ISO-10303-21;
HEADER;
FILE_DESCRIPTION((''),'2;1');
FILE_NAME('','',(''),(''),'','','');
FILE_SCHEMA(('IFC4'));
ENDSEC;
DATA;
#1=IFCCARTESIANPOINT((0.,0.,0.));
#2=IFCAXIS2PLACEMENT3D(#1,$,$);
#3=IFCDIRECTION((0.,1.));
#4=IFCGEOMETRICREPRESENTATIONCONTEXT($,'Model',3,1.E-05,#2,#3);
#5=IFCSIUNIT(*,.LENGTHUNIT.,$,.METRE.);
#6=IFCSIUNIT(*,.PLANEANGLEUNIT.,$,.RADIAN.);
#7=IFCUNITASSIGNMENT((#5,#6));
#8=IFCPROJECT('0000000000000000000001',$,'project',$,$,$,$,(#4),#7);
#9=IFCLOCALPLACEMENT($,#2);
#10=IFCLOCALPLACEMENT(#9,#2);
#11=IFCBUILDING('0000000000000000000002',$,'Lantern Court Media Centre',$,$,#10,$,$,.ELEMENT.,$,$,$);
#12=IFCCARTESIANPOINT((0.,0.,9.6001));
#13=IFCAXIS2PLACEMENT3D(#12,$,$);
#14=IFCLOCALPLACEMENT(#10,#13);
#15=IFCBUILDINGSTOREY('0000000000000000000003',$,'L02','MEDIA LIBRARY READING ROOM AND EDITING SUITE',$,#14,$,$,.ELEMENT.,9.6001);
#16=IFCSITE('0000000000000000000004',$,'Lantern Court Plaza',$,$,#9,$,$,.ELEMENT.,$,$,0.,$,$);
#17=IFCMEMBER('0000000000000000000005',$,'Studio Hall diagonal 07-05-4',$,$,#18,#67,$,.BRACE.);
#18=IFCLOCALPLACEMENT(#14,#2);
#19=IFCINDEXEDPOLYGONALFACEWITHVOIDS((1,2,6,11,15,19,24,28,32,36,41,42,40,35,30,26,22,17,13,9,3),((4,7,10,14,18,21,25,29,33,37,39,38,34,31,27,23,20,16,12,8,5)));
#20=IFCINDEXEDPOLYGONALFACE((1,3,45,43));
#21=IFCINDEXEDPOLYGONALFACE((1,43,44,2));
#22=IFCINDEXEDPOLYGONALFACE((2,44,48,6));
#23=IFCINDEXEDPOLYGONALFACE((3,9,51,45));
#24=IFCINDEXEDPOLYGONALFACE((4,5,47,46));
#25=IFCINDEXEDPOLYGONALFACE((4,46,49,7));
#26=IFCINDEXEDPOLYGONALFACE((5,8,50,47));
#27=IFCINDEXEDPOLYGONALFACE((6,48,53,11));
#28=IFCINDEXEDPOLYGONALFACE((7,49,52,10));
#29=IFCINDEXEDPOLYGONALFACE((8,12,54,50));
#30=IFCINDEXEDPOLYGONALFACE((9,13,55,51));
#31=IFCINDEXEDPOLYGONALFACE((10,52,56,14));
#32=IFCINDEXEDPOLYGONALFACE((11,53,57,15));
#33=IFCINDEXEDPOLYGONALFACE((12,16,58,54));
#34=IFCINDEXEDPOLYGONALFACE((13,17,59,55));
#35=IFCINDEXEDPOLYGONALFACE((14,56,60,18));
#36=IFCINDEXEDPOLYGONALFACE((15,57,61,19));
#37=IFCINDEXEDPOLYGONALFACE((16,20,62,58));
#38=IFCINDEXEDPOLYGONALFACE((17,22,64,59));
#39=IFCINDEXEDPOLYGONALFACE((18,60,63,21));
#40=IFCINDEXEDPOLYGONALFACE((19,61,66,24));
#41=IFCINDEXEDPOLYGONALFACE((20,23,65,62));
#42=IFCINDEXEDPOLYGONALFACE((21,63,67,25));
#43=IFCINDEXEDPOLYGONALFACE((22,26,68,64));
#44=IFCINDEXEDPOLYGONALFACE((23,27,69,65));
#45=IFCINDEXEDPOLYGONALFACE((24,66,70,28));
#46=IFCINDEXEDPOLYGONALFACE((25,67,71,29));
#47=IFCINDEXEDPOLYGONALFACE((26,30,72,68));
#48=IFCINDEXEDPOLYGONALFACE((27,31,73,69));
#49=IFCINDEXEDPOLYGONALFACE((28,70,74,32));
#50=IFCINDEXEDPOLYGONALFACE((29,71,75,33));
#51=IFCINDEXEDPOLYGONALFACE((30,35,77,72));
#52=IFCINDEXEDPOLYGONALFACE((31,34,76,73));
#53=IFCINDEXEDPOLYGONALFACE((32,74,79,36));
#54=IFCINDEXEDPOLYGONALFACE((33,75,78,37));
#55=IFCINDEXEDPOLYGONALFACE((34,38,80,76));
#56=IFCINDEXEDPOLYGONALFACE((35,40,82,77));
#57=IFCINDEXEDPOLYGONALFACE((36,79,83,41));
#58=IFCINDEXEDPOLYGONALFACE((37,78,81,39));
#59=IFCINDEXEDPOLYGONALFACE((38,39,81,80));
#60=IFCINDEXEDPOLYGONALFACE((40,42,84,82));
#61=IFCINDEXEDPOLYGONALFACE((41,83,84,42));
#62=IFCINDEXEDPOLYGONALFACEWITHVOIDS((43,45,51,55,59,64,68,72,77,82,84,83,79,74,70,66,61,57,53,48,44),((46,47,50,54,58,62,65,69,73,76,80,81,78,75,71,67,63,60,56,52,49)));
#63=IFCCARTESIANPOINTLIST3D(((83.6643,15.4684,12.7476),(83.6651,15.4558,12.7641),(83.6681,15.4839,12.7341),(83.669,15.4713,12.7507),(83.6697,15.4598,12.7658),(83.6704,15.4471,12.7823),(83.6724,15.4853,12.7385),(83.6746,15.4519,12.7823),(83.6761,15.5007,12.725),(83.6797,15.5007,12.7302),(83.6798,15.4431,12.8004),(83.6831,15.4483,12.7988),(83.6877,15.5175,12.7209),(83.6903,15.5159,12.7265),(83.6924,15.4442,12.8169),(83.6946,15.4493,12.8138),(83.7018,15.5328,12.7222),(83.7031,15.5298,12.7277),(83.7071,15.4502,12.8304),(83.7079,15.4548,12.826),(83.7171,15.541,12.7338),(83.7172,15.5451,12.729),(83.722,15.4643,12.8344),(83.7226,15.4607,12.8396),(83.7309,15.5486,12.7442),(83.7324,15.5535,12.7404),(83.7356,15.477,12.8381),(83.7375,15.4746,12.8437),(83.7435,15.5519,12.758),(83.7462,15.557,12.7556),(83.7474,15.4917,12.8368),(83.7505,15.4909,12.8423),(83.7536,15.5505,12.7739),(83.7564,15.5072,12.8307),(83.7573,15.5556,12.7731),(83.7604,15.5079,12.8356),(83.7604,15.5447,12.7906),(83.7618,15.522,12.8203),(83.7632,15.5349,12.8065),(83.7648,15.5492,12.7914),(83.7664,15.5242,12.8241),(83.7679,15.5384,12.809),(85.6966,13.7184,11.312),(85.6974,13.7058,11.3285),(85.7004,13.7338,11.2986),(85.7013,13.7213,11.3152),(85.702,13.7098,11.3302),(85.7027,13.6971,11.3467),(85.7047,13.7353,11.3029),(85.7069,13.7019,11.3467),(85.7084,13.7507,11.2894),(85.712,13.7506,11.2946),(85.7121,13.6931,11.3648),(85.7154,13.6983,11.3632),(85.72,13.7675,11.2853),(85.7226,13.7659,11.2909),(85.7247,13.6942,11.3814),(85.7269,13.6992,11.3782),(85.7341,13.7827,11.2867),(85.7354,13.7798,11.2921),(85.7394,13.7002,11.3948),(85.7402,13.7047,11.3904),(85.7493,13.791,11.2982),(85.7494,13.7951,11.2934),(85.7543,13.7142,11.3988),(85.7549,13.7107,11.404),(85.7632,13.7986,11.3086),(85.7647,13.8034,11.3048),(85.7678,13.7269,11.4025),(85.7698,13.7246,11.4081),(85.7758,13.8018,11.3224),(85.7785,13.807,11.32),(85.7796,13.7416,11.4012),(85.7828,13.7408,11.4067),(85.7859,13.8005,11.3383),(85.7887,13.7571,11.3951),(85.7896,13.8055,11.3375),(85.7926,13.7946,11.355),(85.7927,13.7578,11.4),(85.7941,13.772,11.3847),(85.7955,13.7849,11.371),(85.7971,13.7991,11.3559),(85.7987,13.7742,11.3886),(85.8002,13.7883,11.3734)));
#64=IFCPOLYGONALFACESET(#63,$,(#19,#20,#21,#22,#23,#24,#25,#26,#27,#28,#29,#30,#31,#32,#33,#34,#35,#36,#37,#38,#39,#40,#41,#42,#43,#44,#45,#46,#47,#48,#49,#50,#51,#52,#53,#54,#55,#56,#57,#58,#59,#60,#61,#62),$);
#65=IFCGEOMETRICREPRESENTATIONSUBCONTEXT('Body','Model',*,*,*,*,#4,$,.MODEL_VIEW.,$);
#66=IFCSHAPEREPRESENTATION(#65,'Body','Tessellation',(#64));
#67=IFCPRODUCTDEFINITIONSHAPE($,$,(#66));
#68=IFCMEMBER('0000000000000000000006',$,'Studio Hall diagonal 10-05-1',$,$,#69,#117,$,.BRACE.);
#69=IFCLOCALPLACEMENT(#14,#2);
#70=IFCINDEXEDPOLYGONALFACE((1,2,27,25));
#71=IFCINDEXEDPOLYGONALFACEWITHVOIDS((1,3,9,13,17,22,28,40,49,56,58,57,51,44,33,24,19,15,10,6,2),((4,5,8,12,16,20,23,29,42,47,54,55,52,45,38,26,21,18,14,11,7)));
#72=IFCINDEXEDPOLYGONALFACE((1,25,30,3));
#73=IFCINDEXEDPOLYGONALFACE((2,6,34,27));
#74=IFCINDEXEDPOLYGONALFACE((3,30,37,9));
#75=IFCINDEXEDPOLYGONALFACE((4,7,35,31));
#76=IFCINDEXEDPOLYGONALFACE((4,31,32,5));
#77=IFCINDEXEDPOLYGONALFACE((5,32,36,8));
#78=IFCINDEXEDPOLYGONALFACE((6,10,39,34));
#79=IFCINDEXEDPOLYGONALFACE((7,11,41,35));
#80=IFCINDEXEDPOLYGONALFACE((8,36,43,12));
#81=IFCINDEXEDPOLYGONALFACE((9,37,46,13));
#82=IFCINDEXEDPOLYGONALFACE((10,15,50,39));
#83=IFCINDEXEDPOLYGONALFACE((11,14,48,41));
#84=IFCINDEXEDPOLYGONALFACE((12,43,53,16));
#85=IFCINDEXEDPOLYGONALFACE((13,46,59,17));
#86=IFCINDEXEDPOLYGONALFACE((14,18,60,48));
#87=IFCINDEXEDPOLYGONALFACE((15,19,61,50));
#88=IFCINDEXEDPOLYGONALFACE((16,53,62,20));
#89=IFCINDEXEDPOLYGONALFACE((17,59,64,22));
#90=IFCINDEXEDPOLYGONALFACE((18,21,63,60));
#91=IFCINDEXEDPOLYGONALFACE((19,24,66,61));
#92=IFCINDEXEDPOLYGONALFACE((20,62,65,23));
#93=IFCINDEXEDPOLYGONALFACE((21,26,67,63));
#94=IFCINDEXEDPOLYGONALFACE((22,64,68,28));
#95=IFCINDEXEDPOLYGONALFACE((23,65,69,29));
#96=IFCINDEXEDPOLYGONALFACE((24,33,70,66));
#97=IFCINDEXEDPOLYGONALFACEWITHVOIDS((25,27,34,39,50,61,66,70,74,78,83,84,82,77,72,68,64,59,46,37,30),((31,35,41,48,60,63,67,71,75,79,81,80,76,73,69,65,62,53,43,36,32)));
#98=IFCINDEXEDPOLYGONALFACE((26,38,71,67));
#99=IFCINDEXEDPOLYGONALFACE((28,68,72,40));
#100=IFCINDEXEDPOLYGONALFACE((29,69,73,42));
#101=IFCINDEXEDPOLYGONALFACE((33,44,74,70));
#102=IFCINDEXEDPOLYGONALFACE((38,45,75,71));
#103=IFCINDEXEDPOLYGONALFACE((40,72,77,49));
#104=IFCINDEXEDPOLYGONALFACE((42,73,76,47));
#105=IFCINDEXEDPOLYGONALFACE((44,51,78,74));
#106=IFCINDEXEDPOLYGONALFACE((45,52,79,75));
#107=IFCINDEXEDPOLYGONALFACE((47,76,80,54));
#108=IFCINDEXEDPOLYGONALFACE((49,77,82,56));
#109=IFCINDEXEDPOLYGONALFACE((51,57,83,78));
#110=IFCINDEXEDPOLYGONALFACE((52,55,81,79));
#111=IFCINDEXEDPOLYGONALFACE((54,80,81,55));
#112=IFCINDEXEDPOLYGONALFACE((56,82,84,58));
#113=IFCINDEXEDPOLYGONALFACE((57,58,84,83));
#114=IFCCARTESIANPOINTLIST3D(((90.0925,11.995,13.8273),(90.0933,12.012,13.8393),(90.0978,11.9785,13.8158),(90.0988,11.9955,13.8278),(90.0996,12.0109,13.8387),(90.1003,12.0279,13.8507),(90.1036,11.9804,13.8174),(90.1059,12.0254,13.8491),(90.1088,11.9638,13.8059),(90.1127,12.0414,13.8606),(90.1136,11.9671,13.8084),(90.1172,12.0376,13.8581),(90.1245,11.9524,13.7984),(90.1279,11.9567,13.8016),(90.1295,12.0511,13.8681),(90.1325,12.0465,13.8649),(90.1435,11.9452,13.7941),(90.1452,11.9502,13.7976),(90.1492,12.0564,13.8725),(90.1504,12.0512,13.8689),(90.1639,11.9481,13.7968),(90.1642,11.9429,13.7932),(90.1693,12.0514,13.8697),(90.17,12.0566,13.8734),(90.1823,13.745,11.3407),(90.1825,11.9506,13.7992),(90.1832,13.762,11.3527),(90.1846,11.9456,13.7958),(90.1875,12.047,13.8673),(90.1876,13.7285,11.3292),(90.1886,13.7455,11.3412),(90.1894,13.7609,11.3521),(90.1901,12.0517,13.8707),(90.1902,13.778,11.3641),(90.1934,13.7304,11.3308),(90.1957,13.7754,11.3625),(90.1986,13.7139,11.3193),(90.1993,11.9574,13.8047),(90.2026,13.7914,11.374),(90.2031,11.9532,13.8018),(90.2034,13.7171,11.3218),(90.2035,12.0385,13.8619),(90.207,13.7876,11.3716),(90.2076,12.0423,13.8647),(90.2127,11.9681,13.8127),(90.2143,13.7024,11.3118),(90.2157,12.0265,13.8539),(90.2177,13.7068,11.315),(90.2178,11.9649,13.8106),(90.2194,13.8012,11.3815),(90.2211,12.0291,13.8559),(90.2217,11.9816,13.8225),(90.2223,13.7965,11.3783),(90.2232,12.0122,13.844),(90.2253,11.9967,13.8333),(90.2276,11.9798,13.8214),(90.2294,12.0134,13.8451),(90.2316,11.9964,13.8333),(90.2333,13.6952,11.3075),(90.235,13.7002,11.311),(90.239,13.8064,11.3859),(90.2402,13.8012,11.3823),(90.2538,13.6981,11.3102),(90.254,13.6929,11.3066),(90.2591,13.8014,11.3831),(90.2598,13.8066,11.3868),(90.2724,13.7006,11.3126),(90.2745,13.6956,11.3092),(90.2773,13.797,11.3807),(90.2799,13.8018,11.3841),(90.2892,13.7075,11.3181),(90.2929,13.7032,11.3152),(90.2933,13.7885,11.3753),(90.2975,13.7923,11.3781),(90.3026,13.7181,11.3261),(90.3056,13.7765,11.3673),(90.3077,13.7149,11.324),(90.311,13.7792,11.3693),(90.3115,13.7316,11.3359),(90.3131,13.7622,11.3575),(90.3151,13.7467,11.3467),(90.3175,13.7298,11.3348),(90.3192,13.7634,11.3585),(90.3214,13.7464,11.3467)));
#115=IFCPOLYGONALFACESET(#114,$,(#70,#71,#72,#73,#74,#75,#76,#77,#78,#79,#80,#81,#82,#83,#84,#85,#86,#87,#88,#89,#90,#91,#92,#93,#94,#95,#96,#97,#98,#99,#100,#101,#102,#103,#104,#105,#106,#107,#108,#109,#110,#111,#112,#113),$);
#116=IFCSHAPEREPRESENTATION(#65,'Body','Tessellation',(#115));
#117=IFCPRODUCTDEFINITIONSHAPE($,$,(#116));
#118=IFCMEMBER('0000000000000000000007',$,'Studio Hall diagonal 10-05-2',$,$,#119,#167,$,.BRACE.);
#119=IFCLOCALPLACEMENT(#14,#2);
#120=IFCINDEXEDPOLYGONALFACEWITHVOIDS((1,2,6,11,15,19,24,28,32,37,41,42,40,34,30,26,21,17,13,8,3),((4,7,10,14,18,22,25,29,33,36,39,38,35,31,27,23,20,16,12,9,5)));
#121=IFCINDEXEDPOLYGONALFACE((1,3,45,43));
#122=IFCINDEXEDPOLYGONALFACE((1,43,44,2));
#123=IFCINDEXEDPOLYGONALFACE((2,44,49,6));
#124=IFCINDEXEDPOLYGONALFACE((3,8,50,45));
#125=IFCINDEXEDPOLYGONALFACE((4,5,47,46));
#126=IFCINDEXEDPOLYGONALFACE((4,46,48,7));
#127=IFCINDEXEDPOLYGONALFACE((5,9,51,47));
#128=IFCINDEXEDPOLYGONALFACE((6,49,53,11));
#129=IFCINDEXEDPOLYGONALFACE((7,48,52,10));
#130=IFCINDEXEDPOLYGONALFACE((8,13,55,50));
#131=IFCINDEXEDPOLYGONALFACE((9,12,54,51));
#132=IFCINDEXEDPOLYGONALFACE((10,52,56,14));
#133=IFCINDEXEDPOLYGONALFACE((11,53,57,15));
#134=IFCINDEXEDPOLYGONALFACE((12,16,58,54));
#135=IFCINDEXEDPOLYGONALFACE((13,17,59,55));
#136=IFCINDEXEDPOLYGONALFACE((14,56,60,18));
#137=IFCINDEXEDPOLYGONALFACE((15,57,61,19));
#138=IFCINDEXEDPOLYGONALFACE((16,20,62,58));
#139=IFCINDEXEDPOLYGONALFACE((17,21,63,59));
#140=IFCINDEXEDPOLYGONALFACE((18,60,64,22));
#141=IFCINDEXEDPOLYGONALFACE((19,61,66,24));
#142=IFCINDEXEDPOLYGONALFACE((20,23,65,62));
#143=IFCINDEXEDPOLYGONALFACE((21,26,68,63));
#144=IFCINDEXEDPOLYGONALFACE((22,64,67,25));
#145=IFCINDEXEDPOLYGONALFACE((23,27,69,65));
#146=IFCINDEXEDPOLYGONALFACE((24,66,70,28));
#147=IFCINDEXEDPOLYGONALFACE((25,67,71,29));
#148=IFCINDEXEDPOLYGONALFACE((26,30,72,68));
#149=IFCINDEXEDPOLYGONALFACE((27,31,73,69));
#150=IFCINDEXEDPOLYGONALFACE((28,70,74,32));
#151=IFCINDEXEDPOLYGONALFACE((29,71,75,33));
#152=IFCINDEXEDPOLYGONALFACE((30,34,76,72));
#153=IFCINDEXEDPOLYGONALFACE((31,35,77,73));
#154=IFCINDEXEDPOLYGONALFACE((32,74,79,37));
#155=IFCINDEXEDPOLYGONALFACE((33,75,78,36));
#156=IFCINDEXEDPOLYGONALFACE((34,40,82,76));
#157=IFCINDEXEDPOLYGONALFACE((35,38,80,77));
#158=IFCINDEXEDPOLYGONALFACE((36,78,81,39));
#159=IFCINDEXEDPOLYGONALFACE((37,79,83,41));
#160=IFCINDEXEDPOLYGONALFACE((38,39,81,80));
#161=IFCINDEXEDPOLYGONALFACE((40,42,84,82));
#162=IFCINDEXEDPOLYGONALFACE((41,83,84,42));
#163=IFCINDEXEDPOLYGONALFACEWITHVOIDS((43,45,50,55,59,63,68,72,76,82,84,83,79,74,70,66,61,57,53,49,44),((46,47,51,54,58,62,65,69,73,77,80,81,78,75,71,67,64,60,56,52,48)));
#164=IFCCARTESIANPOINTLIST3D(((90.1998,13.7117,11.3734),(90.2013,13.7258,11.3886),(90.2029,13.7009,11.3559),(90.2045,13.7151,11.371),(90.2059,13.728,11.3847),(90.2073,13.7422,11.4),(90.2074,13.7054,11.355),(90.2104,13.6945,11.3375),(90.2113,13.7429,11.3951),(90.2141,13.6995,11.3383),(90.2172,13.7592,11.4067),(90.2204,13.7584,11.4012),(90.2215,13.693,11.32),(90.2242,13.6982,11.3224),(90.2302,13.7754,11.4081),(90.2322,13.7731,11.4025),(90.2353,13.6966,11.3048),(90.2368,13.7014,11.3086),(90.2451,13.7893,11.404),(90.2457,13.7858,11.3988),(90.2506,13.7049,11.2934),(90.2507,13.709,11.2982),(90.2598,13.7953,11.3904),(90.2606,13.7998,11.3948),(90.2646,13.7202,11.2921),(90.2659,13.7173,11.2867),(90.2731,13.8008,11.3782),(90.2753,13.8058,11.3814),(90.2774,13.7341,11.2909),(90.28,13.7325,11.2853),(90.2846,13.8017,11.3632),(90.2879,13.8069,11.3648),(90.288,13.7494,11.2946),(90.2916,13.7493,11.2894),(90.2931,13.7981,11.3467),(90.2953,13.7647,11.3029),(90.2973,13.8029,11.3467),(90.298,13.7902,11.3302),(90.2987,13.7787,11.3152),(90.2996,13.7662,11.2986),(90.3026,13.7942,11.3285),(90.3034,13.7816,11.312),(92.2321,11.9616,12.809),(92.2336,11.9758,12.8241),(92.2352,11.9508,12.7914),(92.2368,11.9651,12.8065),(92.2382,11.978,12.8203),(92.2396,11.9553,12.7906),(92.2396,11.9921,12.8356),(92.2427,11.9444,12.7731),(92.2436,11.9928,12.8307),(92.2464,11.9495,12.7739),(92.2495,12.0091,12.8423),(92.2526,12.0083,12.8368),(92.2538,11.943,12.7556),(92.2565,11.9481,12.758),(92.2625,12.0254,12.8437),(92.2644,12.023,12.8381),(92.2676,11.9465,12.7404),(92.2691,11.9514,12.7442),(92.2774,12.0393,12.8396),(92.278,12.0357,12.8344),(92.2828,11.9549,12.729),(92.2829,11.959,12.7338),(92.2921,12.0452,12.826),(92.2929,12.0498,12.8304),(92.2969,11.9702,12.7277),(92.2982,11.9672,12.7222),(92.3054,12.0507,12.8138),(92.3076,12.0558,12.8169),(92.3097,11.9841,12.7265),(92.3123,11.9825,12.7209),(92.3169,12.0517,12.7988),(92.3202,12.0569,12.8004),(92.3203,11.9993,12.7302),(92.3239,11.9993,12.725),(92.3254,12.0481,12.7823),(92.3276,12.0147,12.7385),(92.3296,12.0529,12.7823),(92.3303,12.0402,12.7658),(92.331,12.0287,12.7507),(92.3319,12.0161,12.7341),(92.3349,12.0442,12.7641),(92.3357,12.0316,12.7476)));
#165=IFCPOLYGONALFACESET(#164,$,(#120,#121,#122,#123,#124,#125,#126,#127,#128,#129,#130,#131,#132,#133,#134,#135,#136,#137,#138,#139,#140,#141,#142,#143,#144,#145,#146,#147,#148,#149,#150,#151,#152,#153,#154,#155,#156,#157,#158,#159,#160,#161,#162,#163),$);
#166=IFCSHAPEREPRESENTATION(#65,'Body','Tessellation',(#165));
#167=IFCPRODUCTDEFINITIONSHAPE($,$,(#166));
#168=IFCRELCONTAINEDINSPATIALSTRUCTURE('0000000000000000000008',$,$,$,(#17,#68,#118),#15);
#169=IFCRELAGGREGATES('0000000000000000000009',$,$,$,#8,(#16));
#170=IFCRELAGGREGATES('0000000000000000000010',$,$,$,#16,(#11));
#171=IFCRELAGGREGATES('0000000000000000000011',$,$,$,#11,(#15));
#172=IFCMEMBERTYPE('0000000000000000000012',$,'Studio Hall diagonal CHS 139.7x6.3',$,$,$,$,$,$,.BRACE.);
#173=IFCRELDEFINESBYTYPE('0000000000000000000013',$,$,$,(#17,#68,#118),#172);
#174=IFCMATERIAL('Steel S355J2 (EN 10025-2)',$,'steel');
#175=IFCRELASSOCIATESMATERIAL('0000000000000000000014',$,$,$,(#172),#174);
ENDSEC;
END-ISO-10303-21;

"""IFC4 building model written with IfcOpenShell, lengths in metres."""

from ifc_helpers import new_model, si_unit, direction, frame, origin, origin_2d, place, context, subcontext, project, spatial, hollow_circle, extrude, material, material_profile, profile_set, type_object, element, save


model = new_model("IFC4")

# Units and contexts
model_context = context("Model", 3, precision=1e-05, world=origin(), true_north=direction((0.0, 1.0)))
body_context = subcontext(model_context, "Body", "Model", "MODEL_VIEW")
ifc_project = project(units=[si_unit("LENGTHUNIT", "METRE"), si_unit("PLANEANGLEUNIT", "RADIAN")], contexts=[model_context])

# Site, building, storey
site_placement = place(None, origin())
site = spatial("IfcSite", under=ifc_project, at=site_placement, Name="Lantern Court Plaza", CompositionType="ELEMENT", RefElevation=0.0)
building_placement = place(site_placement, origin())
building = spatial("IfcBuilding", under=site, at=building_placement, Name="Lantern Court Media Centre", CompositionType="ELEMENT")
storey_placement = place(building_placement, frame((0.0, 0.0, 9.6001)))
storey = spatial("IfcBuildingStorey", under=building, at=storey_placement, Name="L02", Description="MEDIA LIBRARY READING ROOM AND EDITING SUITE", CompositionType="ELEMENT", Elevation=9.6001)

# Members
ifc_material = material(Name="Steel S355J2 (EN 10025-2)", Category="steel")
ifc_material_profile_1 = material_profile(ifc_material, hollow_circle(Radius=0.0698, WallThickness=0.0063, at=origin_2d()), Name="Studio Hall diagonal CHS 139.7x6.3")
ifc_profile_set_1 = profile_set([ifc_material_profile_1], Name="Steel S355J2 (EN 10025-2)")
member_type_1 = type_object("IfcMemberType", Name="Studio Hall diagonal CHS 139.7x6.3", PredefinedType="BRACE", material=ifc_profile_set_1)
for number, where, z_axis, x_axis, name in (
    (1, (85.7483, 13.75, 11.3467), (-0.668075, 0.575296, 0.471922), (-0.652529, -0.757764, 0.0), "Studio Hall diagonal 07-05-4"),
    (2, (90.2517, 13.75, 11.3467), (-0.029535, -0.575284, 0.81742), (0.998685, -0.051272, 0.0), "Studio Hall diagonal 10-05-1"),
    (3, (90.2517, 13.75, 11.3467), (0.668075, -0.575296, 0.471922), (0.652529, 0.757764, 0.0), "Studio Hall diagonal 10-05-2"),
):
    element("IfcMember", number, at=place(storey_placement, frame(where, z_axis=z_axis, x_axis=x_axis)), inside=storey, type_object=member_type_1, Name=name, PredefinedType="BRACE", context=body_context, shape_type="SweptSolid", body=[
        extrude(hollow_circle(Radius=0.0698, WallThickness=0.0063, at=origin_2d()), origin(), (0.0, 0.0, 1.0), 3.042),
    ])

save(model, "model.ifc")
